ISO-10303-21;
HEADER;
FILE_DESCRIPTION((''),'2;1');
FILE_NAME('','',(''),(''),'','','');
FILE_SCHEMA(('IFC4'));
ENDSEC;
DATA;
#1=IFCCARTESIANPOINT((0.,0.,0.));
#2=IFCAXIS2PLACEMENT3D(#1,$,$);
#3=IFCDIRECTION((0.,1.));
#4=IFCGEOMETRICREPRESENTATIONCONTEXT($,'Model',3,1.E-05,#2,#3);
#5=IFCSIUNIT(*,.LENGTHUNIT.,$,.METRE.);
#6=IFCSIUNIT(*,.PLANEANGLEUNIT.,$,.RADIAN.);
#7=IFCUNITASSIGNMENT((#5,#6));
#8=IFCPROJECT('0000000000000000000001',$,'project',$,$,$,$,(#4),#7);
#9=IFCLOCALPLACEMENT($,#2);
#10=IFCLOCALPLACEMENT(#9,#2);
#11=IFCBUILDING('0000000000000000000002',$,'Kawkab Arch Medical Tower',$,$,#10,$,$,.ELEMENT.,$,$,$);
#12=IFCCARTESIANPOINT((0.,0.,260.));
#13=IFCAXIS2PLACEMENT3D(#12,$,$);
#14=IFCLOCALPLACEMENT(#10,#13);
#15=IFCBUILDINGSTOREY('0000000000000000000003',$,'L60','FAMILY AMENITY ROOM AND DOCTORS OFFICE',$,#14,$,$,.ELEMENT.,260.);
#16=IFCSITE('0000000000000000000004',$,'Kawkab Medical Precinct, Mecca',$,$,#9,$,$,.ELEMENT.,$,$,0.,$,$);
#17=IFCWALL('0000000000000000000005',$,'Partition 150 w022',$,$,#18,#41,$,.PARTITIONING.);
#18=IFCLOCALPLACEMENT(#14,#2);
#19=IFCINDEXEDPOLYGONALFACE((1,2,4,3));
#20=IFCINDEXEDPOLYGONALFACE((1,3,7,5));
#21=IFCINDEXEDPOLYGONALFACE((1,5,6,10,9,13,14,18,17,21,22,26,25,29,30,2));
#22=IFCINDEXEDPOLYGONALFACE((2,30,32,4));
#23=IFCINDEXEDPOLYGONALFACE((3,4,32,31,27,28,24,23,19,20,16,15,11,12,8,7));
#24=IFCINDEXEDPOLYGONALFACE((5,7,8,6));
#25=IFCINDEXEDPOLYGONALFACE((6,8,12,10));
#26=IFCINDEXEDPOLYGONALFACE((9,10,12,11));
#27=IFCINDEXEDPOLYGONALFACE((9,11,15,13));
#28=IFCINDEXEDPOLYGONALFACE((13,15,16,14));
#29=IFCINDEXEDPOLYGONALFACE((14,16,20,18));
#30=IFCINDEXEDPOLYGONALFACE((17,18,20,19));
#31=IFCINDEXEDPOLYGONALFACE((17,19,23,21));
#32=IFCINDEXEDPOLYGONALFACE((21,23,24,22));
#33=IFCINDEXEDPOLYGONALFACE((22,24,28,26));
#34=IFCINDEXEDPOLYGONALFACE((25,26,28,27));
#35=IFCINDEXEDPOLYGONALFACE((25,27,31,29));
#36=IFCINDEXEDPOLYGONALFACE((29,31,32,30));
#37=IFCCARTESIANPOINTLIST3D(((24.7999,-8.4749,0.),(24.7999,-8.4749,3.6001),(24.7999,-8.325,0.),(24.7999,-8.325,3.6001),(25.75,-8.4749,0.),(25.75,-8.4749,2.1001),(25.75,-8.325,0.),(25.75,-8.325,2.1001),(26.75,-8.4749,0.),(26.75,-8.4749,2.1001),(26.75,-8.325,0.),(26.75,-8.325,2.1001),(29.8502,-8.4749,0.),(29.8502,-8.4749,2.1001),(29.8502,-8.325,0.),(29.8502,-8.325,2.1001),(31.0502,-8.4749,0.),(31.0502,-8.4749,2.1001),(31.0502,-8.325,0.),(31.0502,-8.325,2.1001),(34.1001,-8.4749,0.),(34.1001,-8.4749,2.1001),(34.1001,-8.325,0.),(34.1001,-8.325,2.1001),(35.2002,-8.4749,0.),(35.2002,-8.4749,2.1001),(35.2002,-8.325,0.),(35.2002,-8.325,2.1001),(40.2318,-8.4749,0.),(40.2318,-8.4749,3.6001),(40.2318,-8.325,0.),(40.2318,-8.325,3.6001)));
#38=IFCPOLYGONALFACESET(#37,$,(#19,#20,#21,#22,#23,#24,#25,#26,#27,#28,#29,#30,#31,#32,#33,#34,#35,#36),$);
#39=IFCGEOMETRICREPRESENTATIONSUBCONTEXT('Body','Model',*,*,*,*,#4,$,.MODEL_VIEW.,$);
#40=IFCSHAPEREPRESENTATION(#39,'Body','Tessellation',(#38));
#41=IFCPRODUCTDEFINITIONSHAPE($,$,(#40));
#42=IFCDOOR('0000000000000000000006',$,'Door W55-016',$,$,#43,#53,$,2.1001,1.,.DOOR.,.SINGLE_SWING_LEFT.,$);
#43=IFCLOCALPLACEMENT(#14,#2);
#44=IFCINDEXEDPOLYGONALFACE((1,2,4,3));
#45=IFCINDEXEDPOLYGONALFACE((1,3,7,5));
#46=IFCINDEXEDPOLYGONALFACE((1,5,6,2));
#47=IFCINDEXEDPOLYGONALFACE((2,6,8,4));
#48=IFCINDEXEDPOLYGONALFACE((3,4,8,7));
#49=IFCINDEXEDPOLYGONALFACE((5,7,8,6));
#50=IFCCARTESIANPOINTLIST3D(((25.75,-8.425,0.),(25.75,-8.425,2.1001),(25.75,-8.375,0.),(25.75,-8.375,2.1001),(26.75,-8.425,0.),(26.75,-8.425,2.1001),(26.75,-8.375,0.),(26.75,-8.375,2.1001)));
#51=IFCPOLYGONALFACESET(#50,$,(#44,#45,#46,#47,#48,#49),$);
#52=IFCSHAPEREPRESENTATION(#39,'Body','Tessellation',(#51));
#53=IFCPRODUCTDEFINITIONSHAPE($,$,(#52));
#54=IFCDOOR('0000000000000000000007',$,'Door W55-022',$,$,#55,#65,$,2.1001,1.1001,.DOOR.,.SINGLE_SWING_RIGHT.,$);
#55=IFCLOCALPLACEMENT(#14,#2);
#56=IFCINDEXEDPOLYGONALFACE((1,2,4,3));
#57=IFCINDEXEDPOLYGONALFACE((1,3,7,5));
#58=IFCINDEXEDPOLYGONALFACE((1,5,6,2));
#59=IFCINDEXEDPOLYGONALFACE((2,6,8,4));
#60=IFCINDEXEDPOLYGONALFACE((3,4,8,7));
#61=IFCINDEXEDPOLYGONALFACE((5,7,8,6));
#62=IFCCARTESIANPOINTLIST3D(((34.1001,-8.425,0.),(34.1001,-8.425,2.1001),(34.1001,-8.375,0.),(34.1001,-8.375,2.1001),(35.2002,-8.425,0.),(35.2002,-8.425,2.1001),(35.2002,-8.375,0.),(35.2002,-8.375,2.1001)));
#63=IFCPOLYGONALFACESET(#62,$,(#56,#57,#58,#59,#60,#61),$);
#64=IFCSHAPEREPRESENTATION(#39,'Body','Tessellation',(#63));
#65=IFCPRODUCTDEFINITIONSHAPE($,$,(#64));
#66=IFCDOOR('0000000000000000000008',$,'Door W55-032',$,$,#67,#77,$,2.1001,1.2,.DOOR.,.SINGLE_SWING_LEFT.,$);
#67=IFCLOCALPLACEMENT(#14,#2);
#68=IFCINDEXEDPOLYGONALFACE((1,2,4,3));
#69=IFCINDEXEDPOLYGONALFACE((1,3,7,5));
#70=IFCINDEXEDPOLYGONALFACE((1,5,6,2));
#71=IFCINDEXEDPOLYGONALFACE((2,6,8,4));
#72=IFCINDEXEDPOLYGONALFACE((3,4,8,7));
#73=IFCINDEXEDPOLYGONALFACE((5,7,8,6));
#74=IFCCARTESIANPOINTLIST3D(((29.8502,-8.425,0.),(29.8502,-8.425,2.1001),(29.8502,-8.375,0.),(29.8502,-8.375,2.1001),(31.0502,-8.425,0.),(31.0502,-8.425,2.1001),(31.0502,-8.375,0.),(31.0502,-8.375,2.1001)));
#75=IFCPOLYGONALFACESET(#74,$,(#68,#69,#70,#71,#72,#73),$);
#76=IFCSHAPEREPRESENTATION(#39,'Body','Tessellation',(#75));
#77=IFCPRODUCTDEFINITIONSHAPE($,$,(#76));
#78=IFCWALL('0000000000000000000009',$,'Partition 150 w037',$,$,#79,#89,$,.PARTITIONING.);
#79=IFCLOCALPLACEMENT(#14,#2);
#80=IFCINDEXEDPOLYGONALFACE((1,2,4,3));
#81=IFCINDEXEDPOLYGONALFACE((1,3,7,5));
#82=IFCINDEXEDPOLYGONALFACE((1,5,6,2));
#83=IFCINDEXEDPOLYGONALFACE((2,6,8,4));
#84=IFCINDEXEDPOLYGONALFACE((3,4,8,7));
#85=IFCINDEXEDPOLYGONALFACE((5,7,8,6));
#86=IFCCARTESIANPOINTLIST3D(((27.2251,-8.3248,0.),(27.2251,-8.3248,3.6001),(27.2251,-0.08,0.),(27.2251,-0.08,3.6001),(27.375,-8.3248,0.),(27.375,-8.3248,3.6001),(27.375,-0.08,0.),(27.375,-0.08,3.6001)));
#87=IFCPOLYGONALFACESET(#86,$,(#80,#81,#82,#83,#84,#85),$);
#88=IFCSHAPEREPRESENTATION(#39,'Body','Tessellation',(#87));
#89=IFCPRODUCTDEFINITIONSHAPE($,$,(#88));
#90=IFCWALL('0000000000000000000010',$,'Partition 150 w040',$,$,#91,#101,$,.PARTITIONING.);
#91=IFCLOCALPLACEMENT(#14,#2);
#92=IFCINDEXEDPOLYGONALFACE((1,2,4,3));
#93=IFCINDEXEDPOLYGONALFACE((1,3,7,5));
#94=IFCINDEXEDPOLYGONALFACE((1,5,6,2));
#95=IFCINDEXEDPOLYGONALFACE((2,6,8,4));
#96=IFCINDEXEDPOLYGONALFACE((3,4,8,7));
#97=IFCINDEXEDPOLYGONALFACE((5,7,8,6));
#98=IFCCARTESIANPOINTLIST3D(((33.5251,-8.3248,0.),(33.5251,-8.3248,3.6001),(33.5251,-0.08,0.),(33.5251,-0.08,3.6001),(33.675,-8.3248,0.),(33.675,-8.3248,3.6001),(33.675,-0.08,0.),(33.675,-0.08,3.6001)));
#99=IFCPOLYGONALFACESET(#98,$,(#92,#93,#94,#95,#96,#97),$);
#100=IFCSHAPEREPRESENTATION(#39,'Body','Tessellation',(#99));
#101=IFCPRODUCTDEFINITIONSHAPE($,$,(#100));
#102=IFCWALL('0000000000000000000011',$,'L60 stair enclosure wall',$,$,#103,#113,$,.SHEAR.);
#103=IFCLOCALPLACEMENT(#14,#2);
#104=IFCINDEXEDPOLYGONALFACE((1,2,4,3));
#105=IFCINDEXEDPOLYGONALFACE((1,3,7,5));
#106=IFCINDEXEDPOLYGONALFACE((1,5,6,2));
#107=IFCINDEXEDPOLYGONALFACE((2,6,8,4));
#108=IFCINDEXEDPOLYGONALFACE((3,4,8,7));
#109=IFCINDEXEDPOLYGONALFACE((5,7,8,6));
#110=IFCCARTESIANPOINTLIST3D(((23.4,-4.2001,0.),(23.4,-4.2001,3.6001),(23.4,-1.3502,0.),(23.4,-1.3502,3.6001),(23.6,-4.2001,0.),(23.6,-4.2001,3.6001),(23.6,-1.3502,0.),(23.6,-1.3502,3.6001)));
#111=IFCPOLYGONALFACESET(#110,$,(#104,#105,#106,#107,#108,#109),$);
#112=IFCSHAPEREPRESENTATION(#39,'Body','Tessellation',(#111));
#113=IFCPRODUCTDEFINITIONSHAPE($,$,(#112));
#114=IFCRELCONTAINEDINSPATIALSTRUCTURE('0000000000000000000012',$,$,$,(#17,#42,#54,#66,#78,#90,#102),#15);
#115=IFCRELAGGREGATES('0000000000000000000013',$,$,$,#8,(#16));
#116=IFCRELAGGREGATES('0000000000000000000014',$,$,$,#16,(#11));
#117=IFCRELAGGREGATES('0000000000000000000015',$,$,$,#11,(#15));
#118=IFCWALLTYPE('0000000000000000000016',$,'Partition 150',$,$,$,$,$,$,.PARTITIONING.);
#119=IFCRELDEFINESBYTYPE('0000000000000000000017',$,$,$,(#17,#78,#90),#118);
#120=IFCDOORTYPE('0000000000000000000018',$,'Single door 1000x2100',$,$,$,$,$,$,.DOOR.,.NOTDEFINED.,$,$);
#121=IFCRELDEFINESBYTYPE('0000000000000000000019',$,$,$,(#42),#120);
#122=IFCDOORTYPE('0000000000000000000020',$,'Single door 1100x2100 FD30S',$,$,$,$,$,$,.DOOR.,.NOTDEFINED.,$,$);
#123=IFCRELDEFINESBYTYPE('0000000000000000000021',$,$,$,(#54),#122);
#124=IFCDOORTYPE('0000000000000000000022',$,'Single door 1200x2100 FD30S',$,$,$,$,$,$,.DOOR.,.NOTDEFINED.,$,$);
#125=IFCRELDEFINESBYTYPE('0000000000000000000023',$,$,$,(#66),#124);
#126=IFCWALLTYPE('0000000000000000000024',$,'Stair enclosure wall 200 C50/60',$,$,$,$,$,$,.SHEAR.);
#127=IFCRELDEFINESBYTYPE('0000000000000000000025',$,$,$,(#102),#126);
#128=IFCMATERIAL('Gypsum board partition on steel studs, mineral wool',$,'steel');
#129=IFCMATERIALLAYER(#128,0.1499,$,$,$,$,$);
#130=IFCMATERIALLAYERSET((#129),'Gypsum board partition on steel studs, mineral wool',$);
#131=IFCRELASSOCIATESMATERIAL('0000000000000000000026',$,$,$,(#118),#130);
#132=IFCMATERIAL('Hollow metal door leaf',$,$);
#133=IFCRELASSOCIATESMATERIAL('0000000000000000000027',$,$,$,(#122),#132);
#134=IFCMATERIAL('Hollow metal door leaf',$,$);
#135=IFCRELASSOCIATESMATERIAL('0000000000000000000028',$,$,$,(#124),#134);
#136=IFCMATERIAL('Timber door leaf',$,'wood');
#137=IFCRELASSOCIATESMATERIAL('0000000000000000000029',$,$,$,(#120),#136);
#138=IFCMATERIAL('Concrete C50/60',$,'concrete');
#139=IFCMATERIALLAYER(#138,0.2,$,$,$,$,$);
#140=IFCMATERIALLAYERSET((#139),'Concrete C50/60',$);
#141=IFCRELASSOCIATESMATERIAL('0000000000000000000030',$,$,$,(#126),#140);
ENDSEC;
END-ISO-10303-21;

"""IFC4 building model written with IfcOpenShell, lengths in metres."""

from ifc_helpers import new_model, si_unit, direction, frame, frame_2d, origin, place, context, subcontext, project, spatial, rectangle, extrude, material, layer, layer_set, type_object, element, fill, save


model = new_model("IFC4")

# Units and contexts
model_context = context("Model", 3, precision=1e-05, world=origin(), true_north=direction((0.0, 1.0)))
body_context = subcontext(model_context, "Body", "Model", "MODEL_VIEW")
ifc_project = project(units=[si_unit("LENGTHUNIT", "METRE"), si_unit("PLANEANGLEUNIT", "RADIAN")], contexts=[model_context])

# Site, building, storey
site_placement = place(None, origin())
site = spatial("IfcSite", under=ifc_project, at=site_placement, Name="Kawkab Medical Precinct, Mecca", CompositionType="ELEMENT", RefElevation=0.0)
building_placement = place(site_placement, origin())
building = spatial("IfcBuilding", under=site, at=building_placement, Name="Kawkab Arch Medical Tower", CompositionType="ELEMENT")
storey_placement = place(building_placement, frame((0.0, 0.0, 260.0)))
storey = spatial("IfcBuildingStorey", under=building, at=storey_placement, Name="L60", Description="FAMILY AMENITY ROOM AND DOCTORS OFFICE", CompositionType="ELEMENT", Elevation=260.0)

# Shared definitions
ifc_material_1 = material(Name="Gypsum board partition on steel studs, mineral wool", Category="steel")
ifc_layer_1 = layer(ifc_material_1, 0.1499)
ifc_layer_set_1 = layer_set([ifc_layer_1], Name="Gypsum board partition on steel studs, mineral wool")
wall_type_1 = type_object("IfcWallType", Name="Partition 150", PredefinedType="PARTITIONING", material=ifc_layer_set_1)

# Wall, openings, doors
ifc_material_2 = material(Name="Hollow metal door leaf")
door_type_1 = type_object("IfcDoorType", Name="Single door 1100x2100 FD30S", OperationType="NOTDEFINED", PredefinedType="DOOR", material=ifc_material_2)
ifc_material_3 = material(Name="Hollow metal door leaf")
door_type_2 = type_object("IfcDoorType", Name="Single door 1200x2100 FD30S", OperationType="NOTDEFINED", PredefinedType="DOOR", material=ifc_material_3)
wall_1_placement = place(storey_placement, frame((24.8, -8.3999, 0.0), z_axis=(0.0, 0.0, 1.0), x_axis=(1.0, 0.0, 0.0)))
wall_1 = element("IfcWall", 1, at=wall_1_placement, inside=storey, type_object=wall_type_1, Name="Partition 150 w022", PredefinedType="PARTITIONING", context=body_context, shape_type="SweptSolid", body=[
    extrude(rectangle(XDim=15.4319, YDim=0.1499, at=frame_2d((7.7158, 0.0))), origin(), (0.0, 0.0, 1.0), 3.6001),
])
opening_1_placement = place(wall_1_placement, frame((9.3, 0.0, 0.0)))
opening_1 = element("IfcOpeningElement", 2, at=opening_1_placement, cuts=wall_1, PredefinedType="OPENING", context=body_context, shape_type="SweptSolid", body=[
    extrude(rectangle(XDim=1.1001, YDim=2.1001, at=frame_2d((0.55, 1.05))), frame((0.0, 0.085, 0.0), z_axis=(0.0, -1.0, 0.0), x_axis=(1.0, 0.0, 0.0)), (0.0, 0.0, 1.0), 0.1699),
])
opening_2_placement = place(wall_1_placement, frame((0.95, 0.0, 0.0)))
opening_2 = element("IfcOpeningElement", 3, at=opening_2_placement, cuts=wall_1, PredefinedType="OPENING", context=body_context, shape_type="SweptSolid", body=[
    extrude(rectangle(XDim=1.0, YDim=2.1001, at=frame_2d((0.5, 1.05))), frame((0.0, 0.085, 0.0), z_axis=(0.0, -1.0, 0.0), x_axis=(1.0, 0.0, 0.0)), (0.0, 0.0, 1.0), 0.1699),
])
opening_3_placement = place(wall_1_placement, frame((5.05, 0.0, 0.0)))
opening_3 = element("IfcOpeningElement", 4, at=opening_3_placement, cuts=wall_1, PredefinedType="OPENING", context=body_context, shape_type="SweptSolid", body=[
    extrude(rectangle(XDim=1.2, YDim=2.1001, at=frame_2d((0.6001, 1.05))), frame((0.0, 0.085, 0.0), z_axis=(0.0, -1.0, 0.0), x_axis=(1.0, 0.0, 0.0)), (0.0, 0.0, 1.0), 0.1699),
])
ifc_material_4 = material(Name="Timber door leaf", Category="wood")
door_type_3 = type_object("IfcDoorType", Name="Single door 1000x2100", OperationType="NOTDEFINED", PredefinedType="DOOR", material=ifc_material_4)
door_1_placement = place(opening_2_placement, origin())
door_1 = element("IfcDoor", 5, at=door_1_placement, inside=storey, type_object=door_type_3, Name="Door W55-016", OperationType="SINGLE_SWING_LEFT", OverallHeight=2.1001, OverallWidth=1.0, PredefinedType="DOOR", context=body_context, shape_type="SweptSolid", body=[
    extrude(rectangle(XDim=1.0, YDim=2.1001, at=frame_2d((0.5, 1.05))), frame((0.0, 0.0249, 0.0), z_axis=(0.0, -1.0, 0.0), x_axis=(1.0, 0.0, 0.0)), (0.0, 0.0, 1.0), 0.05),
])
fill(opening_2, door_1)
door_2_placement = place(opening_1_placement, origin())
door_2 = element("IfcDoor", 6, at=door_2_placement, inside=storey, type_object=door_type_1, Name="Door W55-022", OperationType="SINGLE_SWING_RIGHT", OverallHeight=2.1001, OverallWidth=1.1001, PredefinedType="DOOR", context=body_context, shape_type="SweptSolid", body=[
    extrude(rectangle(XDim=1.1001, YDim=2.1001, at=frame_2d((0.55, 1.05))), frame((0.0, 0.0249, 0.0), z_axis=(0.0, -1.0, 0.0), x_axis=(1.0, 0.0, 0.0)), (0.0, 0.0, 1.0), 0.05),
])
fill(opening_1, door_2)
door_3_placement = place(opening_3_placement, origin())
door_3 = element("IfcDoor", 7, at=door_3_placement, inside=storey, type_object=door_type_2, Name="Door W55-032", OperationType="SINGLE_SWING_LEFT", OverallHeight=2.1001, OverallWidth=1.2, PredefinedType="DOOR", context=body_context, shape_type="SweptSolid", body=[
    extrude(rectangle(XDim=1.2, YDim=2.1001, at=frame_2d((0.6001, 1.05))), frame((0.0, 0.0249, 0.0), z_axis=(0.0, -1.0, 0.0), x_axis=(1.0, 0.0, 0.0)), (0.0, 0.0, 1.0), 0.05),
])
fill(opening_3, door_3)

# Walls
for number, where, z_axis, x_axis, name in (
    (8, (27.3, -8.325, 0.0), (0.0, 0.0, 1.0), (0.0, 1.0, 0.0), "Partition 150 w037"),
    (9, (33.6001, -8.325, 0.0), (0.0, 0.0, 1.0), (0.0, 1.0, 0.0), "Partition 150 w040"),
):
    element("IfcWall", number, at=place(storey_placement, frame(where, z_axis=z_axis, x_axis=x_axis)), inside=storey, type_object=wall_type_1, Name=name, PredefinedType="PARTITIONING", context=body_context, shape_type="SweptSolid", body=[
        extrude(rectangle(XDim=8.2449, YDim=0.1499, at=frame_2d((4.1226, 0.0))), origin(), (0.0, 0.0, 1.0), 3.6001),
    ])
ifc_material_5 = material(Name="Concrete C50/60", Category="concrete")
ifc_layer_2 = layer(ifc_material_5, 0.2)
ifc_layer_set_2 = layer_set([ifc_layer_2], Name="Concrete C50/60")
wall_type_2 = type_object("IfcWallType", Name="Stair enclosure wall 200 C50/60", PredefinedType="SHEAR", material=ifc_layer_set_2)
wall_2_placement = place(storey_placement, frame((23.5, -4.2, 0.0), z_axis=(0.0, 0.0, 1.0), x_axis=(0.0, 1.0, 0.0)))
element("IfcWall", 10, at=wall_2_placement, inside=storey, type_object=wall_type_2, Name="L60 stair enclosure wall", PredefinedType="SHEAR", context=body_context, shape_type="SweptSolid", body=[
    extrude(rectangle(XDim=2.8499, YDim=0.2, at=frame_2d((1.4248, 0.0))), origin(), (0.0, 0.0, 1.0), 3.6001),
])

save(model, "model.ifc")
